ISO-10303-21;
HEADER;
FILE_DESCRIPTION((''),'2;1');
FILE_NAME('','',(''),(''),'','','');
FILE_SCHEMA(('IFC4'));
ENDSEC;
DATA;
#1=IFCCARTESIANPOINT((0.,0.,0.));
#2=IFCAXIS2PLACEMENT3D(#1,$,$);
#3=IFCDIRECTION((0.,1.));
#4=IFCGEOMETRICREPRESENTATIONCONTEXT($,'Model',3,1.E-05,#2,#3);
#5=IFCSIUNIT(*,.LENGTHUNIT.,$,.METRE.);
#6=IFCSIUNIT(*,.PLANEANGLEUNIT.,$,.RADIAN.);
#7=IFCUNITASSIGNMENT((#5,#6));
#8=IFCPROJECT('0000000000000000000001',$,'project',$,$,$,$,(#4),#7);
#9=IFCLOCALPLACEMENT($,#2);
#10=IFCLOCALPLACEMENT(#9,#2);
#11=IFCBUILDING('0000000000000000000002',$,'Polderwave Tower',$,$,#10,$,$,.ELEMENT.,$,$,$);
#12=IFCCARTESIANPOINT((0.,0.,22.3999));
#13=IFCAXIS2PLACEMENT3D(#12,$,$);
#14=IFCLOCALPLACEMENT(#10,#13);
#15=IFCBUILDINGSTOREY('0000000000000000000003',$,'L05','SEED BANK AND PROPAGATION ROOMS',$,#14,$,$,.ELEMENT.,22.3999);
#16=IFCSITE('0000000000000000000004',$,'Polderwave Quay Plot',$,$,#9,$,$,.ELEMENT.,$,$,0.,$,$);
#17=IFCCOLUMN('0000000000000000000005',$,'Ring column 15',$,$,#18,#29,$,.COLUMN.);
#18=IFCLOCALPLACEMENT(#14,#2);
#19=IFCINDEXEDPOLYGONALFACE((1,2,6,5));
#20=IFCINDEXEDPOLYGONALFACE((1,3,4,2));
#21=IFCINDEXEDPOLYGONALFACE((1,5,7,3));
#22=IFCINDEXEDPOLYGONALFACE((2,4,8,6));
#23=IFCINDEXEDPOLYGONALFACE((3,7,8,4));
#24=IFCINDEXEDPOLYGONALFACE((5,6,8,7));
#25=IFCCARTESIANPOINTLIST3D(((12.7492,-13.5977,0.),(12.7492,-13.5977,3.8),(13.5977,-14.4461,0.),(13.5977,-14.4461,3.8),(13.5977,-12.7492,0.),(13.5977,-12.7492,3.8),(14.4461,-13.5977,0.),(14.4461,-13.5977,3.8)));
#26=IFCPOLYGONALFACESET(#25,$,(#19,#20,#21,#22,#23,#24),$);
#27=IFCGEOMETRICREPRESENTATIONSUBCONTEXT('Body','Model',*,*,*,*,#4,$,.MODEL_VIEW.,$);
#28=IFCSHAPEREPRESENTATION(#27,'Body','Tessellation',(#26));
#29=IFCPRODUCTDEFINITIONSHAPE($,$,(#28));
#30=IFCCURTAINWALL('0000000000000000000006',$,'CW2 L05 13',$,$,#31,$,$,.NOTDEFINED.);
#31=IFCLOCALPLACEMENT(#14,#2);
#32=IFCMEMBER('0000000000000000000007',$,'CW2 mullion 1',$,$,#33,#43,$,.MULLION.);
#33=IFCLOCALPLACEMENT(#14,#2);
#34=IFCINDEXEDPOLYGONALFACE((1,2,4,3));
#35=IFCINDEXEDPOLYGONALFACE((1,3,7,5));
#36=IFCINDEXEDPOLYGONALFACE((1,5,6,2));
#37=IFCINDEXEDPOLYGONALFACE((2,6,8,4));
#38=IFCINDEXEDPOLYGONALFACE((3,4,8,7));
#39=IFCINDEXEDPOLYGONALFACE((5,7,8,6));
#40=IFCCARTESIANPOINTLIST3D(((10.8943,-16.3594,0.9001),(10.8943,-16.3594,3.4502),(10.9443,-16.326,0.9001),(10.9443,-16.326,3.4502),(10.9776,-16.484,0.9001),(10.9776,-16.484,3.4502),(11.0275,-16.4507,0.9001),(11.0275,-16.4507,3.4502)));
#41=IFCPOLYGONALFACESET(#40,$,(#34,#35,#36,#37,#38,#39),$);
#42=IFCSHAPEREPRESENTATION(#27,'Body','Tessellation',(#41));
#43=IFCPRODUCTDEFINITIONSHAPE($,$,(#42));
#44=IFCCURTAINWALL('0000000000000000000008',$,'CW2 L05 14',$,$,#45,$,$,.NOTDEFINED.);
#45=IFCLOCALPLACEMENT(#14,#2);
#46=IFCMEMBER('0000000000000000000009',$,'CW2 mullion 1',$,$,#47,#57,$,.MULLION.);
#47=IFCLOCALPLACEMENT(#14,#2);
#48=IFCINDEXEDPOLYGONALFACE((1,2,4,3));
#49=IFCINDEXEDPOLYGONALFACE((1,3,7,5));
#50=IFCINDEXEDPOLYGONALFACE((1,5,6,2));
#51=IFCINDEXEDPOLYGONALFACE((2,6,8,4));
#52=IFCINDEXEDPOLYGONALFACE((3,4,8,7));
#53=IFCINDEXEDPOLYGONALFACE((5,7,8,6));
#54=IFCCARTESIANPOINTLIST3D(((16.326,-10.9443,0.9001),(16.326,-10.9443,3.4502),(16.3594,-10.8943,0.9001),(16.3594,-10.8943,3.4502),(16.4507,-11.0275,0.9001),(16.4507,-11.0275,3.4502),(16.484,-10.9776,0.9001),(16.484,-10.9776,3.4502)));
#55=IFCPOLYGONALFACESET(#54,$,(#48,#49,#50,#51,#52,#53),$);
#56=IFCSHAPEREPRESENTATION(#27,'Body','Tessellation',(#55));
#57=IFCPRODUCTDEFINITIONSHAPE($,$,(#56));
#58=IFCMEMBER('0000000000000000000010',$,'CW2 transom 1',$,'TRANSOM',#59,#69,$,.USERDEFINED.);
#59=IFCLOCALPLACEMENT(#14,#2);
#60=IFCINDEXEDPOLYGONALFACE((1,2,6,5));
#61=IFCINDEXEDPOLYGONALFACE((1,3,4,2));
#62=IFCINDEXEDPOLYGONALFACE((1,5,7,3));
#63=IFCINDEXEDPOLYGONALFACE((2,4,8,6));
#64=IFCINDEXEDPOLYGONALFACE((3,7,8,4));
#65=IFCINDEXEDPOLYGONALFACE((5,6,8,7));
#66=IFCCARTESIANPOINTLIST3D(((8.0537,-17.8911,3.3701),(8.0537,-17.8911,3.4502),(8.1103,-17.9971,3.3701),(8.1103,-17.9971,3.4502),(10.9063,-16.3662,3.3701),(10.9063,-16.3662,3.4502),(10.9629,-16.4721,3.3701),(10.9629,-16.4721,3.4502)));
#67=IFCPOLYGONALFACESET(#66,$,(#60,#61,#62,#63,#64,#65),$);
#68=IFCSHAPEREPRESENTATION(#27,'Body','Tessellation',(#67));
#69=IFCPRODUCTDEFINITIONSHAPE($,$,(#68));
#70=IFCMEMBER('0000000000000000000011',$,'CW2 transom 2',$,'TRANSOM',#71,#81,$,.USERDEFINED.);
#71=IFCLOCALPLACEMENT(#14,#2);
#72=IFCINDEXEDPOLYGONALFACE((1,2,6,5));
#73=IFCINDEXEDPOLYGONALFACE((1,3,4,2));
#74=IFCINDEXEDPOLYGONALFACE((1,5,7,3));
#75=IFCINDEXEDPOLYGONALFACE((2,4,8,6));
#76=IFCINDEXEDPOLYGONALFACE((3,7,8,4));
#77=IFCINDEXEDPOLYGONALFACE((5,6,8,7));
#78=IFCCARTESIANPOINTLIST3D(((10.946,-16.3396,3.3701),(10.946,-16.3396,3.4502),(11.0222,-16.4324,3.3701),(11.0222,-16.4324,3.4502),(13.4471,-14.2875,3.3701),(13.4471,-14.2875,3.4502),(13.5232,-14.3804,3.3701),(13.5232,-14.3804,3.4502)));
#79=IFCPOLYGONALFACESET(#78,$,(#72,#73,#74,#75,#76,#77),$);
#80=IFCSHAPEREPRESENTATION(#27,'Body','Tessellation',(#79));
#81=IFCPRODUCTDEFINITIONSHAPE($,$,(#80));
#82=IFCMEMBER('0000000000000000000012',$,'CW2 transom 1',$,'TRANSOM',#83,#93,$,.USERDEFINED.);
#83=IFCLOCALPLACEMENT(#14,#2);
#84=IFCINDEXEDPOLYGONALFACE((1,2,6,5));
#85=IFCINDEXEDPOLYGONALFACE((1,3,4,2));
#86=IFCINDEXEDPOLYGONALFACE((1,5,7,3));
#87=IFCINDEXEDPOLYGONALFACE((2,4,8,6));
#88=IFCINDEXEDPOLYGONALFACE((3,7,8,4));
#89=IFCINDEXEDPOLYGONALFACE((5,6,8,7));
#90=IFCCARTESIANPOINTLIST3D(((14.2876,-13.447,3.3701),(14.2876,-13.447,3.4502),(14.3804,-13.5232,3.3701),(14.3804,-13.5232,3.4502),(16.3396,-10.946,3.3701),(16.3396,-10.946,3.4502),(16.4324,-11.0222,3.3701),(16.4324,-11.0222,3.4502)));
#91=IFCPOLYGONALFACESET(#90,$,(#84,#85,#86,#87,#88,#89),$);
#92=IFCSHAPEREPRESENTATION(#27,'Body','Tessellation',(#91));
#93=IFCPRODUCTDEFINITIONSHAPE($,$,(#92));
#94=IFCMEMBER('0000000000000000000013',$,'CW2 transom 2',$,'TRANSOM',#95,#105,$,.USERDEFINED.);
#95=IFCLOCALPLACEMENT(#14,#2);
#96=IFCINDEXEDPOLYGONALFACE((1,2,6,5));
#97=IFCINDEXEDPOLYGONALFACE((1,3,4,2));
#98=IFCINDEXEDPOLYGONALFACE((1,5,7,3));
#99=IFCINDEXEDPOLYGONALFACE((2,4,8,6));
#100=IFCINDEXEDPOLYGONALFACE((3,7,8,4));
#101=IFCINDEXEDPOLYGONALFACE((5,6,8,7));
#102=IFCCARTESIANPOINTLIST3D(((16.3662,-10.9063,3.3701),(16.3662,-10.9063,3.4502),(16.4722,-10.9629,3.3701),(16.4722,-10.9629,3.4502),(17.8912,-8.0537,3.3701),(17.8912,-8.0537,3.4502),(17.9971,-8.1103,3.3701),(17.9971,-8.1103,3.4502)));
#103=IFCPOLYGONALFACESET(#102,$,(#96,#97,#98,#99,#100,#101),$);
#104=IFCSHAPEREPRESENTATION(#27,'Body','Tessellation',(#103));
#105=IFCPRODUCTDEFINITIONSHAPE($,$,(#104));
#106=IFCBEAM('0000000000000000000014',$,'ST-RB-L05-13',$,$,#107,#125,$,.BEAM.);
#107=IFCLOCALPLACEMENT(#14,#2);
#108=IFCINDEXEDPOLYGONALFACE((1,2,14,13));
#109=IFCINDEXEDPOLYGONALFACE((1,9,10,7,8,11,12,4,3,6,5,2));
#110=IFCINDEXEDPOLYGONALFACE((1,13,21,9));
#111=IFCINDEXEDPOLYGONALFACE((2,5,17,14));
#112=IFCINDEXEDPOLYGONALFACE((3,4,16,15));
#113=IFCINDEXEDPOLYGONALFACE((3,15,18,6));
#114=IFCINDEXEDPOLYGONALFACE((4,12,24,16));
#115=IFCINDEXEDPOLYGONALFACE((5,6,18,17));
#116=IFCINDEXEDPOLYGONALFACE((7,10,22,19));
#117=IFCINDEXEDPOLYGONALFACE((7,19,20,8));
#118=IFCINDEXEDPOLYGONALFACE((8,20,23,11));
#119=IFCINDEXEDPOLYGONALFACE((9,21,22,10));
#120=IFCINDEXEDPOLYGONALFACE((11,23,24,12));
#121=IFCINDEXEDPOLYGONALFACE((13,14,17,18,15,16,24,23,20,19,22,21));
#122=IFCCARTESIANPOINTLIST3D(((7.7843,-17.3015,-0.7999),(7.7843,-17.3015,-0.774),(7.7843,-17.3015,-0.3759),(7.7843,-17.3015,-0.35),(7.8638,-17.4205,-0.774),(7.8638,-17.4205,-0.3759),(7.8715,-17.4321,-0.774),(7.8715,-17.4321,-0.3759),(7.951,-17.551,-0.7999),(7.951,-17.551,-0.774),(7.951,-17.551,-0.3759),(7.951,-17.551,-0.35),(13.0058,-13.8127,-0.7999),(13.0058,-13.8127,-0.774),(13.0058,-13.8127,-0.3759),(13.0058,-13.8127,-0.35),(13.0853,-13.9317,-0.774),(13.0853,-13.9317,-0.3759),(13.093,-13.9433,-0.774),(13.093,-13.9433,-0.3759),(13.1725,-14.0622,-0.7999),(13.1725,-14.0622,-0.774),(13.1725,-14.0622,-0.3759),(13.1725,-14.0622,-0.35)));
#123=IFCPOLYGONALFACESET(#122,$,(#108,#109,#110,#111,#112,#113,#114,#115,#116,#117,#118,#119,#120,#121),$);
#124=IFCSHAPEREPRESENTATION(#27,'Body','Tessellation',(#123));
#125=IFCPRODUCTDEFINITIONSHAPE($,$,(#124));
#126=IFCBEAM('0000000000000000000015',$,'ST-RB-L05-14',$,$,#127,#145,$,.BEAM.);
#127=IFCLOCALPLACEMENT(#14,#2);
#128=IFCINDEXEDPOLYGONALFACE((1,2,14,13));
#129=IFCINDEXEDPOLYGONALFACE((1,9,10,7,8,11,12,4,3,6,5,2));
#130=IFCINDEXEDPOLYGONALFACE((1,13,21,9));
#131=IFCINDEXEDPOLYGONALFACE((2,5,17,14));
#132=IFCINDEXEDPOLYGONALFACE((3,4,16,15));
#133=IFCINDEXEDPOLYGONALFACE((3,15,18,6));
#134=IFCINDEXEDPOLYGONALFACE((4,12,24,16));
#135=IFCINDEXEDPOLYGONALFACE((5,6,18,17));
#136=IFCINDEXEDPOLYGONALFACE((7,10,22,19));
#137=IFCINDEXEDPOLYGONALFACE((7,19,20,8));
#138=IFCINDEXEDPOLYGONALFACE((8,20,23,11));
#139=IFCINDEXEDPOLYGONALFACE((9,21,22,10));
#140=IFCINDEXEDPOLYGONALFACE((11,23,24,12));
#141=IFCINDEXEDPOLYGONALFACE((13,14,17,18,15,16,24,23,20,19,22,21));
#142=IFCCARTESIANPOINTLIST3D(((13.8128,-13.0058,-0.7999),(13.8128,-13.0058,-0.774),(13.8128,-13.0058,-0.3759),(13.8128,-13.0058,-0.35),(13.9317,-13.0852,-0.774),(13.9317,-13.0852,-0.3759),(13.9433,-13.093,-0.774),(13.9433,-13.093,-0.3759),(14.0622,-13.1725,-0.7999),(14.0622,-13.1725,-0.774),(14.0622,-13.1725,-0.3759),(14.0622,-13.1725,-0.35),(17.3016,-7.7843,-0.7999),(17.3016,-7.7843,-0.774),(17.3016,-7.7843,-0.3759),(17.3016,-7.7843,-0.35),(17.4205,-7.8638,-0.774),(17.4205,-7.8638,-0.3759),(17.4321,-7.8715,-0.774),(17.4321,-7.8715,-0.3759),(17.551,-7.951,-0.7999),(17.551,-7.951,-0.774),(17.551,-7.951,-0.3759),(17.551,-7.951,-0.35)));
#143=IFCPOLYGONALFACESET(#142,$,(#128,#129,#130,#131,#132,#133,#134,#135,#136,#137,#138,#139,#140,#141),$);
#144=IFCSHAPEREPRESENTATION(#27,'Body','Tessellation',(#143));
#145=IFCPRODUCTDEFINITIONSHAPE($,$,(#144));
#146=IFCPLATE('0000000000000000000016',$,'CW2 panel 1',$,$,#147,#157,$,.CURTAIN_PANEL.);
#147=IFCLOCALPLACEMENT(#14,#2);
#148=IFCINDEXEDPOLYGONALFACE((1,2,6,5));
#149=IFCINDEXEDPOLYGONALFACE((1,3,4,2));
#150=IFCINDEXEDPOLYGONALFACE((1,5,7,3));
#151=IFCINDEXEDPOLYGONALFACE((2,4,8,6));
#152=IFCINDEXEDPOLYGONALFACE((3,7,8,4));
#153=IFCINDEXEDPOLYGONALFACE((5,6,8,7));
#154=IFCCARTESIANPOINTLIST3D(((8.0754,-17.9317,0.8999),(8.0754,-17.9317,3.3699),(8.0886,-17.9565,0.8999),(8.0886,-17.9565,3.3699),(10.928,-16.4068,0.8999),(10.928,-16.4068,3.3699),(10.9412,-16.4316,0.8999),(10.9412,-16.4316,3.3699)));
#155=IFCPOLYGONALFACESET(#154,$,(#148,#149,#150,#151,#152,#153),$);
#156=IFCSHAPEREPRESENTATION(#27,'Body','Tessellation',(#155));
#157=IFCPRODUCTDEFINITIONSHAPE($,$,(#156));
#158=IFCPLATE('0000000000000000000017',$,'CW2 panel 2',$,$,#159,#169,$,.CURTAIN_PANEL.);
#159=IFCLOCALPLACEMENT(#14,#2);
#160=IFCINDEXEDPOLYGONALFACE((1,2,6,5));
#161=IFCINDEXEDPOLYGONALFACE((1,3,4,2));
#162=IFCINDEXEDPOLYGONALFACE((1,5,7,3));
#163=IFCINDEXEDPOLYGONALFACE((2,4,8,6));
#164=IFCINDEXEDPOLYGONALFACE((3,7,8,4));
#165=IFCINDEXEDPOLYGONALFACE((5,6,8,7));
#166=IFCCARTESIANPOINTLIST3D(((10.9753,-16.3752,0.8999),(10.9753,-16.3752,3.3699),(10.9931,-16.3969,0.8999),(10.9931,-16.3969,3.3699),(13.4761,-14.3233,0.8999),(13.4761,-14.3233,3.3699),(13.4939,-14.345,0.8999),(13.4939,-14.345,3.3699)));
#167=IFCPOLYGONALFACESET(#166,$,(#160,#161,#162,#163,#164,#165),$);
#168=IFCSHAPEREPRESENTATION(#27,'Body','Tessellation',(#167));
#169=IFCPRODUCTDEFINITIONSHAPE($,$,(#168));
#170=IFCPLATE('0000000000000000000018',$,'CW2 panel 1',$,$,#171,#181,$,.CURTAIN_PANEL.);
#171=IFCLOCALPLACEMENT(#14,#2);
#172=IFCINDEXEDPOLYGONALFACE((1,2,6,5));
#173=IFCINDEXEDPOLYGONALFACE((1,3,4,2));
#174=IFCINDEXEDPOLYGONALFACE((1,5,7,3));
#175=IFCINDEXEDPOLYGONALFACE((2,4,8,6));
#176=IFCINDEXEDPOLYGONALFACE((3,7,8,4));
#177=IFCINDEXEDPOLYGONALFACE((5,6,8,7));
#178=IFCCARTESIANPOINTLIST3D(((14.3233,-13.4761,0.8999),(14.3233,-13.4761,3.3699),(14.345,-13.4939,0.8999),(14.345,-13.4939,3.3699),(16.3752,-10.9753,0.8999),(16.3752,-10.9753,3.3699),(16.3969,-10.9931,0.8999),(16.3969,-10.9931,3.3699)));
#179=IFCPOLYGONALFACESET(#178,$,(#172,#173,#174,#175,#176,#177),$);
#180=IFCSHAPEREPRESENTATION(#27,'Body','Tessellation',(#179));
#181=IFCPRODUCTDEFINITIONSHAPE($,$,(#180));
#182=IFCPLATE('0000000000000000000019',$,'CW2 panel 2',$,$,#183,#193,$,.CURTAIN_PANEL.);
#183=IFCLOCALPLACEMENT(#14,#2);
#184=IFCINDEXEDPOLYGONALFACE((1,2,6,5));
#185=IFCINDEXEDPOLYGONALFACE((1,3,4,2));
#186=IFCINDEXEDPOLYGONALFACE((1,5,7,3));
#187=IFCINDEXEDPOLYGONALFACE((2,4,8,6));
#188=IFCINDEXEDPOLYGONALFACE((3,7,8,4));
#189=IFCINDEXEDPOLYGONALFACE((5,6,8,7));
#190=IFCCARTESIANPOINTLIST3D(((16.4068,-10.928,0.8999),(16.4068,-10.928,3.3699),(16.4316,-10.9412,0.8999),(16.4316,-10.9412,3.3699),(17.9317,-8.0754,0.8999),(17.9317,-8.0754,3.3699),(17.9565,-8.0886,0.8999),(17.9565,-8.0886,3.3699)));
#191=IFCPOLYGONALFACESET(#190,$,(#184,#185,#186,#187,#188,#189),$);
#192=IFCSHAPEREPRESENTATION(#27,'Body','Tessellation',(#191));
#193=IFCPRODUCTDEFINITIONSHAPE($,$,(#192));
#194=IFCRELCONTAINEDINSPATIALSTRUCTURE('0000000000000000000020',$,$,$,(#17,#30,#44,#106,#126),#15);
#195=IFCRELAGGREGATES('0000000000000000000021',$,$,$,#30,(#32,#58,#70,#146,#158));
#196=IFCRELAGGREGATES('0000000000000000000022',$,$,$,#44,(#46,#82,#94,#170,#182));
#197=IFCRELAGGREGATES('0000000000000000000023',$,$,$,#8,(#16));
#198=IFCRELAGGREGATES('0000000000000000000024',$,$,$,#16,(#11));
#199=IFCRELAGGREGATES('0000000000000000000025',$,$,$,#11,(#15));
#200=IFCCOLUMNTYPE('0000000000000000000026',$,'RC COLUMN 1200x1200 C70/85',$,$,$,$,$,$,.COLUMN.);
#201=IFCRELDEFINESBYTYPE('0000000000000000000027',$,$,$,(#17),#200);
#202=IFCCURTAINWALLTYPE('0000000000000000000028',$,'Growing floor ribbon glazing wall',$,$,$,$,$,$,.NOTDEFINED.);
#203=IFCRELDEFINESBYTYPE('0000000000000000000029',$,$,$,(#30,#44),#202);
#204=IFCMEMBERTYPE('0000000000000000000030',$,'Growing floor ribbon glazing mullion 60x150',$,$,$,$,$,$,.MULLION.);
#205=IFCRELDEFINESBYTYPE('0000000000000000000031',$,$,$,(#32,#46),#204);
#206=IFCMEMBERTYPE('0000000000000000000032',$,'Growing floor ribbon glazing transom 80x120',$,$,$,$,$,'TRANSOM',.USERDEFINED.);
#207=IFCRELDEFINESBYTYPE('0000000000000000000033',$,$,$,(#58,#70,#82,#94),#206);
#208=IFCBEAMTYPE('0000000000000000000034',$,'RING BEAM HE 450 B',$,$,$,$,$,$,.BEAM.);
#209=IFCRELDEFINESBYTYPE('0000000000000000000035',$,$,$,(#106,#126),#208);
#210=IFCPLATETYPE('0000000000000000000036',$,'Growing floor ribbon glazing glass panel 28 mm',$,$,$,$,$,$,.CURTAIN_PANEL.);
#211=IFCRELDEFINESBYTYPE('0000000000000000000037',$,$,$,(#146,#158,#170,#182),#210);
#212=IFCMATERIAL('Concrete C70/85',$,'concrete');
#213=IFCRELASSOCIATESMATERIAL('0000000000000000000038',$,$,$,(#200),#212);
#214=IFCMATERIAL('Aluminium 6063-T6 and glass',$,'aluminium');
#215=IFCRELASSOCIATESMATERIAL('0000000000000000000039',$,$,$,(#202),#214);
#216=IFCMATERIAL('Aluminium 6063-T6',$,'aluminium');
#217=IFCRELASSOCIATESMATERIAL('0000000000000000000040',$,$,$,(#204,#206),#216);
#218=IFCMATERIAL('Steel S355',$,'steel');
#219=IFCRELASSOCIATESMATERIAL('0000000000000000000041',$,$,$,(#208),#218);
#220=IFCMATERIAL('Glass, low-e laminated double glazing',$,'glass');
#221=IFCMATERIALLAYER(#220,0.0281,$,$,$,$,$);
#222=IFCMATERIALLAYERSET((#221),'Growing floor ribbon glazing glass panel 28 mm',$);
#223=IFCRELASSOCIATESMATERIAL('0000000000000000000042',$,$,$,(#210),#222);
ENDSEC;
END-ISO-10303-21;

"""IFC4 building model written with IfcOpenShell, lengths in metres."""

from ifc_helpers import new_model, si_unit, direction, frame, origin, origin_2d, place, context, subcontext, project, spatial, rectangle, i_section, extrude, material, layer, layer_set, material_profile, profile_set, type_object, element, aggregate, save


model = new_model("IFC4")

# Units and contexts
model_context = context("Model", 3, precision=1e-05, world=origin(), true_north=direction((0.0, 1.0)))
body_context = subcontext(model_context, "Body", "Model", "MODEL_VIEW")
ifc_project = project(units=[si_unit("LENGTHUNIT", "METRE"), si_unit("PLANEANGLEUNIT", "RADIAN")], contexts=[model_context])

# Site, building, storey
site_placement = place(None, origin())
site = spatial("IfcSite", under=ifc_project, at=site_placement, Name="Polderwave Quay Plot", CompositionType="ELEMENT", RefElevation=0.0)
building_placement = place(site_placement, origin())
building = spatial("IfcBuilding", under=site, at=building_placement, Name="Polderwave Tower", CompositionType="ELEMENT")
storey_placement = place(building_placement, frame((0.0, 0.0, 22.3999)))
storey = spatial("IfcBuildingStorey", under=building, at=storey_placement, Name="L05", Description="SEED BANK AND PROPAGATION ROOMS", CompositionType="ELEMENT", Elevation=22.3999)

# Column
ifc_material_1 = material(Name="Concrete C70/85", Category="concrete")
ifc_material_profile_1 = material_profile(ifc_material_1, rectangle(XDim=1.2, YDim=1.2, at=origin_2d()), Name="RC 1200x1200")
ifc_profile_set_1 = profile_set([ifc_material_profile_1], Name="Concrete C70/85")
column_type = type_object("IfcColumnType", Name="RC COLUMN 1200x1200 C70/85", PredefinedType="COLUMN", material=ifc_profile_set_1)
column_placement = place(storey_placement, frame((13.5977, -13.5977, 0.0), z_axis=(0.0, 0.0, 1.0), x_axis=(0.707107, -0.707107, 0.0)))
element("IfcColumn", 1, at=column_placement, inside=storey, type_object=column_type, Name="Ring column 15", PredefinedType="COLUMN", context=body_context, shape_type="SweptSolid", body=[
    extrude(rectangle(XDim=1.2, YDim=1.2, at=origin_2d()), origin(), (0.0, 0.0, 1.0), 3.8),
])

# Curtain walls, members
ifc_material_2 = material(Name="Aluminium 6063-T6 and glass", Category="aluminium")
curtain_wall_type = type_object("IfcCurtainWallType", Name="Growing floor ribbon glazing wall", PredefinedType="NOTDEFINED", material=ifc_material_2)
curtain_wall_1_placement = place(storey_placement, origin())
curtain_wall_1 = element("IfcCurtainWall", 2, at=curtain_wall_1_placement, inside=storey, type_object=curtain_wall_type, Name="CW2 L05 13", PredefinedType="NOTDEFINED")
ifc_material_3 = material(Name="Aluminium 6063-T6", Category="aluminium")
ifc_material_profile_2 = material_profile(ifc_material_3, rectangle(XDim=0.1499, YDim=0.0601, at=origin_2d()), Name="AL 60x150")
ifc_profile_set_2 = profile_set([ifc_material_profile_2], Name="Aluminium 6063-T6")
member_type_1 = type_object("IfcMemberType", Name="Growing floor ribbon glazing mullion 60x150", PredefinedType="MULLION", material=ifc_profile_set_2)
member_1_placement = place(storey_placement, frame((10.9609, -16.405, 0.9001), z_axis=(0.0, 0.0, 1.0), x_axis=(-0.555547, 0.831485, 0.0)))
member_1 = element("IfcMember", 3, at=member_1_placement, type_object=member_type_1, Name="CW2 mullion 1", PredefinedType="MULLION", context=body_context, shape_type="SweptSolid", body=[
    extrude(rectangle(XDim=0.1499, YDim=0.0601, at=origin_2d()), origin(), (0.0, 0.0, 1.0), 2.55),
])
curtain_wall_2_placement = place(storey_placement, origin())
curtain_wall_2 = element("IfcCurtainWall", 4, at=curtain_wall_2_placement, inside=storey, type_object=curtain_wall_type, Name="CW2 L05 14", PredefinedType="NOTDEFINED")
member_2_placement = place(storey_placement, frame((16.405, -10.9609, 0.9001), z_axis=(0.0, 0.0, 1.0), x_axis=(-0.831485, 0.555547, 0.0)))
member_2 = element("IfcMember", 5, at=member_2_placement, type_object=member_type_1, Name="CW2 mullion 1", PredefinedType="MULLION", context=body_context, shape_type="SweptSolid", body=[
    extrude(rectangle(XDim=0.1499, YDim=0.0601, at=origin_2d()), origin(), (0.0, 0.0, 1.0), 2.55),
])

# Members
ifc_material_profile_3 = material_profile(ifc_material_3, rectangle(XDim=0.1201, YDim=0.0801, at=origin_2d()), Name="AL 80x120")
ifc_profile_set_3 = profile_set([ifc_material_profile_3], Name="Aluminium 6063-T6")
member_type_2 = type_object("IfcMemberType", Name="Growing floor ribbon glazing transom 80x120", ElementType="TRANSOM", PredefinedType="USERDEFINED", material=ifc_profile_set_3)
member_3_placement = place(storey_placement, frame((8.082, -17.9441, 3.4102), z_axis=(0.881897, 0.471442, 0.0), x_axis=(-0.471442, 0.881897, 0.0)))
member_3 = element("IfcMember", 6, at=member_3_placement, type_object=member_type_2, Name="CW2 transom 1", ObjectType="TRANSOM", PredefinedType="USERDEFINED", context=body_context, shape_type="SweptSolid", body=[
    extrude(rectangle(XDim=0.1201, YDim=0.0801, at=origin_2d()), origin(), (0.0, 0.0, 1.0), 3.2346),
])
member_4_placement = place(storey_placement, frame((10.9841, -16.386, 3.4102), z_axis=(0.773086, 0.634302, 0.0), x_axis=(-0.634302, 0.773086, 0.0)))
member_4 = element("IfcMember", 7, at=member_4_placement, type_object=member_type_2, Name="CW2 transom 2", ObjectType="TRANSOM", PredefinedType="USERDEFINED", context=body_context, shape_type="SweptSolid", body=[
    extrude(rectangle(XDim=0.1201, YDim=0.0801, at=origin_2d()), origin(), (0.0, 0.0, 1.0), 3.2351),
])
member_5_placement = place(storey_placement, frame((14.334, -13.4851, 3.4102), z_axis=(0.634302, 0.773086, 0.0), x_axis=(-0.773086, 0.634302, 0.0)))
member_5 = element("IfcMember", 8, at=member_5_placement, type_object=member_type_2, Name="CW2 transom 1", ObjectType="TRANSOM", PredefinedType="USERDEFINED", context=body_context, shape_type="SweptSolid", body=[
    extrude(rectangle(XDim=0.1201, YDim=0.0801, at=origin_2d()), origin(), (0.0, 0.0, 1.0), 3.2351),
])
member_6_placement = place(storey_placement, frame((16.4192, -10.9346, 3.4102), z_axis=(0.471442, 0.881897, 0.0), x_axis=(-0.881897, 0.471442, 0.0)))
member_6 = element("IfcMember", 9, at=member_6_placement, type_object=member_type_2, Name="CW2 transom 2", ObjectType="TRANSOM", PredefinedType="USERDEFINED", context=body_context, shape_type="SweptSolid", body=[
    extrude(rectangle(XDim=0.1201, YDim=0.0801, at=origin_2d()), origin(), (0.0, 0.0, 1.0), 3.2346),
])

# Beams
ifc_material_4 = material(Name="Steel S355", Category="steel")
ifc_material_profile_4 = material_profile(ifc_material_4, i_section(OverallWidth=0.3, OverallDepth=0.45, WebThickness=0.0139, FlangeThickness=0.0259, at=origin_2d()), Name="HE 450 B")
ifc_profile_set_4 = profile_set([ifc_material_profile_4], Name="Steel S355")
beam_type = type_object("IfcBeamType", Name="RING BEAM HE 450 B", PredefinedType="BEAM", material=ifc_profile_set_4)
for number, where, z_axis, x_axis, name in (
    (10, (7.8677, -17.4263, -0.575), (0.831476, 0.555561, 0.0), (-0.555561, 0.831476, 0.0), "ST-RB-L05-13"),
    (11, (13.9375, -13.0891, -0.575), (0.555561, 0.831476, 0.0), (-0.831476, 0.555561, 0.0), "ST-RB-L05-14"),
):
    element("IfcBeam", number, at=place(storey_placement, frame(where, z_axis=z_axis, x_axis=x_axis)), inside=storey, type_object=beam_type, Name=name, PredefinedType="BEAM", context=body_context, shape_type="SweptSolid", body=[
        extrude(i_section(OverallWidth=0.3, OverallDepth=0.45, WebThickness=0.0139, FlangeThickness=0.0259, at=origin_2d()), origin(), (0.0, 0.0, 1.0), 6.2798),
    ])

# Plates
ifc_material_5 = material(Name="Glass, low-e laminated double glazing", Category="glass")
ifc_layer_1 = layer(ifc_material_5, 0.0281)
ifc_layer_set_1 = layer_set([ifc_layer_1], Name="Growing floor ribbon glazing glass panel 28 mm")
plate_type = type_object("IfcPlateType", Name="Growing floor ribbon glazing glass panel 28 mm", PredefinedType="CURTAIN_PANEL", material=ifc_layer_set_1)
plate_1_placement = place(storey_placement, frame((9.5083, -17.1816, 0.8999), z_axis=(0.0, 0.0, 1.0), x_axis=(0.881903, 0.471431, 0.0)))
plate_1 = element("IfcPlate", 12, at=plate_1_placement, type_object=plate_type, Name="CW2 panel 1", PredefinedType="CURTAIN_PANEL", context=body_context, shape_type="SweptSolid", body=[
    extrude(rectangle(XDim=3.2346, YDim=0.0281, at=origin_2d()), origin(), (0.0, 0.0, 1.0), 2.47),
])
plate_2_placement = place(storey_placement, frame((12.2346, -15.3601, 0.8999), z_axis=(0.0, 0.0, 1.0), x_axis=(0.773069, 0.634322, 0.0)))
plate_2 = element("IfcPlate", 13, at=plate_2_placement, type_object=plate_type, Name="CW2 panel 2", PredefinedType="CURTAIN_PANEL", context=body_context, shape_type="SweptSolid", body=[
    extrude(rectangle(XDim=3.2349, YDim=0.0281, at=origin_2d()), origin(), (0.0, 0.0, 1.0), 2.47),
])
aggregate(curtain_wall_1, [member_1, member_3, member_4, plate_1, plate_2])
plate_3_placement = place(storey_placement, frame((15.3601, -12.2346, 0.8999), z_axis=(0.0, 0.0, 1.0), x_axis=(0.634322, 0.773069, 0.0)))
plate_3 = element("IfcPlate", 14, at=plate_3_placement, type_object=plate_type, Name="CW2 panel 1", PredefinedType="CURTAIN_PANEL", context=body_context, shape_type="SweptSolid", body=[
    extrude(rectangle(XDim=3.2349, YDim=0.0281, at=origin_2d()), origin(), (0.0, 0.0, 1.0), 2.47),
])
plate_4_placement = place(storey_placement, frame((17.1816, -9.5083, 0.8999), z_axis=(0.0, 0.0, 1.0), x_axis=(0.471431, 0.881903, 0.0)))
plate_4 = element("IfcPlate", 15, at=plate_4_placement, type_object=plate_type, Name="CW2 panel 2", PredefinedType="CURTAIN_PANEL", context=body_context, shape_type="SweptSolid", body=[
    extrude(rectangle(XDim=3.2346, YDim=0.0281, at=origin_2d()), origin(), (0.0, 0.0, 1.0), 2.47),
])
aggregate(curtain_wall_2, [member_2, member_5, member_6, plate_3, plate_4])

save(model, "model.ifc")
